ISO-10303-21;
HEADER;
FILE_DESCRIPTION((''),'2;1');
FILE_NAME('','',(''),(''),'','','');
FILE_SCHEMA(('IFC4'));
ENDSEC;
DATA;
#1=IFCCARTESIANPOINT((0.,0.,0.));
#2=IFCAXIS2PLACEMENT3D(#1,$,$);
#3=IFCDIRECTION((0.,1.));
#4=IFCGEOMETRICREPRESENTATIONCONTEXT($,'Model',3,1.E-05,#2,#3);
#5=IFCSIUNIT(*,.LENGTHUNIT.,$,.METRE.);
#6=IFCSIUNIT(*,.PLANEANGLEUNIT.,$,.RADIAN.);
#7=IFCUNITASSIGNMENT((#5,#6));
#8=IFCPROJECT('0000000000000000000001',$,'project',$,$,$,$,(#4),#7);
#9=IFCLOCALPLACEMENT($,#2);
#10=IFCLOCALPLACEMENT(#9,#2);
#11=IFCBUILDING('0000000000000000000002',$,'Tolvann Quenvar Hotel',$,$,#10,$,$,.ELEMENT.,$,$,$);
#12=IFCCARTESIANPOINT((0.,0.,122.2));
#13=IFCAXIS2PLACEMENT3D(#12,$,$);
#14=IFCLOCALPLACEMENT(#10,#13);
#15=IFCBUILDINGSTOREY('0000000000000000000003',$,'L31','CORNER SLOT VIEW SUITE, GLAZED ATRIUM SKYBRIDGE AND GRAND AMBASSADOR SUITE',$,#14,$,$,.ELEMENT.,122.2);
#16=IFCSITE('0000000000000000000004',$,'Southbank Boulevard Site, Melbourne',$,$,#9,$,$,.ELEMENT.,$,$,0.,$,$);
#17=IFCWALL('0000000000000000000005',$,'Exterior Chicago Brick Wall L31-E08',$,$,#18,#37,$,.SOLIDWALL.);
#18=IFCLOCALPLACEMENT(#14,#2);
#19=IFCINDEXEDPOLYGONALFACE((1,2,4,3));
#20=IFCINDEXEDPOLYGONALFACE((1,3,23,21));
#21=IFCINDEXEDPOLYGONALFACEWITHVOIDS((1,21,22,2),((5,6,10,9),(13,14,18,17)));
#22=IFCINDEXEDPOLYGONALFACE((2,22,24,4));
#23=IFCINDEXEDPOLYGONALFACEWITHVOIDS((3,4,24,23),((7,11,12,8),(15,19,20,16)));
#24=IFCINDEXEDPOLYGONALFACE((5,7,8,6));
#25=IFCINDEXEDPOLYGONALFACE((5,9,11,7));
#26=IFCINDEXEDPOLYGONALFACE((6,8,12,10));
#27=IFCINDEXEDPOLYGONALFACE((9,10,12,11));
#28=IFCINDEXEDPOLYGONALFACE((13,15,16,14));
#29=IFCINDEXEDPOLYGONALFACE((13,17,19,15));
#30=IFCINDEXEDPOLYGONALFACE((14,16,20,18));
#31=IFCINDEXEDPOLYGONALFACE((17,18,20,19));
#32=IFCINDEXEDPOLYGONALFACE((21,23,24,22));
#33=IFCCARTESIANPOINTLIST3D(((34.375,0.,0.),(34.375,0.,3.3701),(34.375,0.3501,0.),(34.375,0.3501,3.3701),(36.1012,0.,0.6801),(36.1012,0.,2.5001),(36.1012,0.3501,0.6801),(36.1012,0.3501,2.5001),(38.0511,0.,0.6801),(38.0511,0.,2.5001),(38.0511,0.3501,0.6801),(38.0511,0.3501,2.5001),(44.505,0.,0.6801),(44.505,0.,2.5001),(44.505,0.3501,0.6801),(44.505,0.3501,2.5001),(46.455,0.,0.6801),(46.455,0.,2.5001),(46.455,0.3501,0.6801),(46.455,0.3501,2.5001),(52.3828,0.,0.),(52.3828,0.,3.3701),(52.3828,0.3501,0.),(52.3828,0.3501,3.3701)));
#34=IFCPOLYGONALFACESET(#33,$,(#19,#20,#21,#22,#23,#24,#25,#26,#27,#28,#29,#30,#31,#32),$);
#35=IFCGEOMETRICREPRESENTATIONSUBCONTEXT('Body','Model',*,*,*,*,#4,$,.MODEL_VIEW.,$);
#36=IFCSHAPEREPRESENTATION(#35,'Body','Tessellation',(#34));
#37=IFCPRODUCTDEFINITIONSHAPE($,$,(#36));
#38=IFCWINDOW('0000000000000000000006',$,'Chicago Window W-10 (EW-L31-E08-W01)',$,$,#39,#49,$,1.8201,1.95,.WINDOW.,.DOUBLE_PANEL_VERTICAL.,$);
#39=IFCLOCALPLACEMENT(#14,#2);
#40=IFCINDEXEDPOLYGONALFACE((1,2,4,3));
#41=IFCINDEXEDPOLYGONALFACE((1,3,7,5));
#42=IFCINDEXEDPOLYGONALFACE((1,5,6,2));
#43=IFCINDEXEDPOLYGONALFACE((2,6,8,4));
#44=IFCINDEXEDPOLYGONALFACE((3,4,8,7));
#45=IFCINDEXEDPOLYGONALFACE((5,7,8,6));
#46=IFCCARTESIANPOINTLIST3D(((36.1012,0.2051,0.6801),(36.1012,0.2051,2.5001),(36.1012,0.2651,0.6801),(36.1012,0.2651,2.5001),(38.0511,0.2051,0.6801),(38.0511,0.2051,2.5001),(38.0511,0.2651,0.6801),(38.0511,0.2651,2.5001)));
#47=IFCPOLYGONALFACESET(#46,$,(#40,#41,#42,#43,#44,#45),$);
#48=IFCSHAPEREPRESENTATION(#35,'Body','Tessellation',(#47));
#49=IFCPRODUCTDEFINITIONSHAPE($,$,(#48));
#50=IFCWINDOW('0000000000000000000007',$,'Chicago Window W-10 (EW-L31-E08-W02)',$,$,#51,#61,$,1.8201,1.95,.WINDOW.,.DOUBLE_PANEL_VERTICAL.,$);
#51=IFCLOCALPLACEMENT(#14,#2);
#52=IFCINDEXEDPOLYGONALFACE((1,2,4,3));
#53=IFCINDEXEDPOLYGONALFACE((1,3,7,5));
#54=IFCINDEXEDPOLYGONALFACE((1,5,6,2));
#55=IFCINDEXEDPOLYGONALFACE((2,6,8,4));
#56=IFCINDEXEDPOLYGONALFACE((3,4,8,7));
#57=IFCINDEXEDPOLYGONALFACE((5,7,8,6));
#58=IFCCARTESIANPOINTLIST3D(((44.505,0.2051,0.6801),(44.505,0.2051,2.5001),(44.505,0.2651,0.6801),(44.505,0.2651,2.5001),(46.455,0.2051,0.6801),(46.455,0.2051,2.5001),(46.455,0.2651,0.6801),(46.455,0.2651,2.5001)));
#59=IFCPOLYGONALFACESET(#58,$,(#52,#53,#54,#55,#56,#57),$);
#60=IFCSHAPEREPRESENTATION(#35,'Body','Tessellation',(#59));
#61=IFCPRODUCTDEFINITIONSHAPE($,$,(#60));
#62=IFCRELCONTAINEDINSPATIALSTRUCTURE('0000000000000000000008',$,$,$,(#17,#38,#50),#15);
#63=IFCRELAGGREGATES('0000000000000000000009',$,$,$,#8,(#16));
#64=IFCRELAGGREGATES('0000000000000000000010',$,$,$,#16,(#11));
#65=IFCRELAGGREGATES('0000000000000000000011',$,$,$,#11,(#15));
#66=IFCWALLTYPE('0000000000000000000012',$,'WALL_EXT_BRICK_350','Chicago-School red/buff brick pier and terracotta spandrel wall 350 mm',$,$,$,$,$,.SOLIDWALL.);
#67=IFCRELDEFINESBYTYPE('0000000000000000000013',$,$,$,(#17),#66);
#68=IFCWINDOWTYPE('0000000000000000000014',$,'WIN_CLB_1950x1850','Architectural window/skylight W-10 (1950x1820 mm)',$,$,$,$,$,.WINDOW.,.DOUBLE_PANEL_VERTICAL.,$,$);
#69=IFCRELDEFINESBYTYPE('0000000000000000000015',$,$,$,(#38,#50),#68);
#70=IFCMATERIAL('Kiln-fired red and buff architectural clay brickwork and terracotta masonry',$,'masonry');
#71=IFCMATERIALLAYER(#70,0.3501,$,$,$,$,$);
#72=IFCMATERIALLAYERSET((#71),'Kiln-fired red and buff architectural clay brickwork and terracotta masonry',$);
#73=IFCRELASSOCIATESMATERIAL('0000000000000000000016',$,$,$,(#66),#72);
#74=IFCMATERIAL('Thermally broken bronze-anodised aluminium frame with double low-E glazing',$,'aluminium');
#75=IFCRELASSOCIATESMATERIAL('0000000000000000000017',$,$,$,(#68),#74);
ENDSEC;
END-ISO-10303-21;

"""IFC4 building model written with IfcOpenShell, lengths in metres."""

from ifc_helpers import new_model, si_unit, direction, frame, frame_2d, origin, place, context, subcontext, project, spatial, rectangle, extrude, source, transform, mapped, material, layer, layer_set, type_object, type_shapes, element, fill, save


model = new_model("IFC4")

# Units and contexts
model_context = context("Model", 3, precision=1e-05, world=origin(), true_north=direction((0.0, 1.0)))
body_context = subcontext(model_context, "Body", "Model", "MODEL_VIEW")
ifc_project = project(units=[si_unit("LENGTHUNIT", "METRE"), si_unit("PLANEANGLEUNIT", "RADIAN")], contexts=[model_context])

# Site, building, storey
site_placement = place(None, origin())
site = spatial("IfcSite", under=ifc_project, at=site_placement, Name="Southbank Boulevard Site, Melbourne", CompositionType="ELEMENT", RefElevation=0.0)
building_placement = place(site_placement, origin())
building = spatial("IfcBuilding", under=site, at=building_placement, Name="Tolvann Quenvar Hotel", CompositionType="ELEMENT")
storey_placement = place(building_placement, frame((0.0, 0.0, 122.2)))
storey = spatial("IfcBuildingStorey", under=building, at=storey_placement, Name="L31", Description="CORNER SLOT VIEW SUITE, GLAZED ATRIUM SKYBRIDGE AND GRAND AMBASSADOR SUITE", CompositionType="ELEMENT", Elevation=122.2)

# Wall, openings, windows
ifc_material_1 = material(Name="Kiln-fired red and buff architectural clay brickwork and terracotta masonry", Category="masonry")
ifc_layer_1 = layer(ifc_material_1, 0.3501)
ifc_layer_set_1 = layer_set([ifc_layer_1], Name="Kiln-fired red and buff architectural clay brickwork and terracotta masonry")
wall_type = type_object("IfcWallType", Name="WALL_EXT_BRICK_350", Description="Chicago-School red/buff brick pier and terracotta spandrel wall 350 mm", PredefinedType="SOLIDWALL", material=ifc_layer_set_1)
wall_placement = place(storey_placement, frame((34.375, 0.175, 0.0), z_axis=(0.0, 0.0, 1.0), x_axis=(1.0, 0.0, 0.0)))
wall = element("IfcWall", 1, at=wall_placement, inside=storey, type_object=wall_type, Name="Exterior Chicago Brick Wall L31-E08", PredefinedType="SOLIDWALL", context=body_context, shape_type="SweptSolid", body=[
    extrude(rectangle(XDim=18.0078, YDim=0.3501, at=frame_2d((9.0039, 0.0))), origin(), (0.0, 0.0, 1.0), 3.3701),
])
opening_1_placement = place(wall_placement, frame((1.7261, 0.0, 0.6799)))
opening_1 = element("IfcOpeningElement", 2, at=opening_1_placement, cuts=wall, PredefinedType="OPENING", context=body_context, shape_type="SweptSolid", body=[
    extrude(rectangle(XDim=1.95, YDim=1.8201, at=frame_2d((0.9751, 0.9102))), frame((0.0, 0.1851, 0.0), z_axis=(0.0, -1.0, 0.0), x_axis=(1.0, 0.0, 0.0)), (0.0, 0.0, 1.0), 0.3701),
])
opening_2_placement = place(wall_placement, frame((10.1299, 0.0, 0.6799)))
opening_2 = element("IfcOpeningElement", 3, at=opening_2_placement, cuts=wall, PredefinedType="OPENING", context=body_context, shape_type="SweptSolid", body=[
    extrude(rectangle(XDim=1.95, YDim=1.8201, at=frame_2d((0.9751, 0.9102))), frame((0.0, 0.1851, 0.0), z_axis=(0.0, -1.0, 0.0), x_axis=(1.0, 0.0, 0.0)), (0.0, 0.0, 1.0), 0.3701),
])
ifc_material_2 = material(Name="Thermally broken bronze-anodised aluminium frame with double low-E glazing", Category="aluminium")
window_type = type_object("IfcWindowType", Name="WIN_CLB_1950x1850", Description="Architectural window/skylight W-10 (1950x1820 mm)", PartitioningType="DOUBLE_PANEL_VERTICAL", PredefinedType="WINDOW", material=ifc_material_2)
shared_shape_1 = source(origin(), body_context, "Body", "SweptSolid", [
    extrude(rectangle(XDim=1.95, YDim=1.8201, at=frame_2d((0.9751, 0.9102))), frame((0.0, 0.0901, 0.0), z_axis=(0.0, -1.0, 0.0), x_axis=(1.0, 0.0, 0.0)), (0.0, 0.0, 1.0), 0.0601),
])
type_shapes(window_type, [shared_shape_1])
window_1_placement = place(opening_1_placement, origin())
window_1 = element("IfcWindow", 4, at=window_1_placement, inside=storey, type_object=window_type, Name="Chicago Window W-10 (EW-L31-E08-W01)", OverallHeight=1.8201, OverallWidth=1.95, PartitioningType="DOUBLE_PANEL_VERTICAL", PredefinedType="WINDOW", context=body_context, shape_type="MappedRepresentation", body=[
    mapped(shared_shape_1, transform((0.0, 0.0, 0.0), x_axis=(1.0, 0.0, 0.0), y_axis=(0.0, 1.0, 0.0), z_axis=(0.0, 0.0, 1.0), scale=1.0)),
])
fill(opening_1, window_1)
window_2_placement = place(opening_2_placement, origin())
window_2 = element("IfcWindow", 5, at=window_2_placement, inside=storey, type_object=window_type, Name="Chicago Window W-10 (EW-L31-E08-W02)", OverallHeight=1.8201, OverallWidth=1.95, PartitioningType="DOUBLE_PANEL_VERTICAL", PredefinedType="WINDOW", context=body_context, shape_type="MappedRepresentation", body=[
    mapped(shared_shape_1, transform((0.0, 0.0, 0.0), x_axis=(1.0, 0.0, 0.0), y_axis=(0.0, 1.0, 0.0), z_axis=(0.0, 0.0, 1.0), scale=1.0)),
])
fill(opening_2, window_2)

save(model, "model.ifc")
